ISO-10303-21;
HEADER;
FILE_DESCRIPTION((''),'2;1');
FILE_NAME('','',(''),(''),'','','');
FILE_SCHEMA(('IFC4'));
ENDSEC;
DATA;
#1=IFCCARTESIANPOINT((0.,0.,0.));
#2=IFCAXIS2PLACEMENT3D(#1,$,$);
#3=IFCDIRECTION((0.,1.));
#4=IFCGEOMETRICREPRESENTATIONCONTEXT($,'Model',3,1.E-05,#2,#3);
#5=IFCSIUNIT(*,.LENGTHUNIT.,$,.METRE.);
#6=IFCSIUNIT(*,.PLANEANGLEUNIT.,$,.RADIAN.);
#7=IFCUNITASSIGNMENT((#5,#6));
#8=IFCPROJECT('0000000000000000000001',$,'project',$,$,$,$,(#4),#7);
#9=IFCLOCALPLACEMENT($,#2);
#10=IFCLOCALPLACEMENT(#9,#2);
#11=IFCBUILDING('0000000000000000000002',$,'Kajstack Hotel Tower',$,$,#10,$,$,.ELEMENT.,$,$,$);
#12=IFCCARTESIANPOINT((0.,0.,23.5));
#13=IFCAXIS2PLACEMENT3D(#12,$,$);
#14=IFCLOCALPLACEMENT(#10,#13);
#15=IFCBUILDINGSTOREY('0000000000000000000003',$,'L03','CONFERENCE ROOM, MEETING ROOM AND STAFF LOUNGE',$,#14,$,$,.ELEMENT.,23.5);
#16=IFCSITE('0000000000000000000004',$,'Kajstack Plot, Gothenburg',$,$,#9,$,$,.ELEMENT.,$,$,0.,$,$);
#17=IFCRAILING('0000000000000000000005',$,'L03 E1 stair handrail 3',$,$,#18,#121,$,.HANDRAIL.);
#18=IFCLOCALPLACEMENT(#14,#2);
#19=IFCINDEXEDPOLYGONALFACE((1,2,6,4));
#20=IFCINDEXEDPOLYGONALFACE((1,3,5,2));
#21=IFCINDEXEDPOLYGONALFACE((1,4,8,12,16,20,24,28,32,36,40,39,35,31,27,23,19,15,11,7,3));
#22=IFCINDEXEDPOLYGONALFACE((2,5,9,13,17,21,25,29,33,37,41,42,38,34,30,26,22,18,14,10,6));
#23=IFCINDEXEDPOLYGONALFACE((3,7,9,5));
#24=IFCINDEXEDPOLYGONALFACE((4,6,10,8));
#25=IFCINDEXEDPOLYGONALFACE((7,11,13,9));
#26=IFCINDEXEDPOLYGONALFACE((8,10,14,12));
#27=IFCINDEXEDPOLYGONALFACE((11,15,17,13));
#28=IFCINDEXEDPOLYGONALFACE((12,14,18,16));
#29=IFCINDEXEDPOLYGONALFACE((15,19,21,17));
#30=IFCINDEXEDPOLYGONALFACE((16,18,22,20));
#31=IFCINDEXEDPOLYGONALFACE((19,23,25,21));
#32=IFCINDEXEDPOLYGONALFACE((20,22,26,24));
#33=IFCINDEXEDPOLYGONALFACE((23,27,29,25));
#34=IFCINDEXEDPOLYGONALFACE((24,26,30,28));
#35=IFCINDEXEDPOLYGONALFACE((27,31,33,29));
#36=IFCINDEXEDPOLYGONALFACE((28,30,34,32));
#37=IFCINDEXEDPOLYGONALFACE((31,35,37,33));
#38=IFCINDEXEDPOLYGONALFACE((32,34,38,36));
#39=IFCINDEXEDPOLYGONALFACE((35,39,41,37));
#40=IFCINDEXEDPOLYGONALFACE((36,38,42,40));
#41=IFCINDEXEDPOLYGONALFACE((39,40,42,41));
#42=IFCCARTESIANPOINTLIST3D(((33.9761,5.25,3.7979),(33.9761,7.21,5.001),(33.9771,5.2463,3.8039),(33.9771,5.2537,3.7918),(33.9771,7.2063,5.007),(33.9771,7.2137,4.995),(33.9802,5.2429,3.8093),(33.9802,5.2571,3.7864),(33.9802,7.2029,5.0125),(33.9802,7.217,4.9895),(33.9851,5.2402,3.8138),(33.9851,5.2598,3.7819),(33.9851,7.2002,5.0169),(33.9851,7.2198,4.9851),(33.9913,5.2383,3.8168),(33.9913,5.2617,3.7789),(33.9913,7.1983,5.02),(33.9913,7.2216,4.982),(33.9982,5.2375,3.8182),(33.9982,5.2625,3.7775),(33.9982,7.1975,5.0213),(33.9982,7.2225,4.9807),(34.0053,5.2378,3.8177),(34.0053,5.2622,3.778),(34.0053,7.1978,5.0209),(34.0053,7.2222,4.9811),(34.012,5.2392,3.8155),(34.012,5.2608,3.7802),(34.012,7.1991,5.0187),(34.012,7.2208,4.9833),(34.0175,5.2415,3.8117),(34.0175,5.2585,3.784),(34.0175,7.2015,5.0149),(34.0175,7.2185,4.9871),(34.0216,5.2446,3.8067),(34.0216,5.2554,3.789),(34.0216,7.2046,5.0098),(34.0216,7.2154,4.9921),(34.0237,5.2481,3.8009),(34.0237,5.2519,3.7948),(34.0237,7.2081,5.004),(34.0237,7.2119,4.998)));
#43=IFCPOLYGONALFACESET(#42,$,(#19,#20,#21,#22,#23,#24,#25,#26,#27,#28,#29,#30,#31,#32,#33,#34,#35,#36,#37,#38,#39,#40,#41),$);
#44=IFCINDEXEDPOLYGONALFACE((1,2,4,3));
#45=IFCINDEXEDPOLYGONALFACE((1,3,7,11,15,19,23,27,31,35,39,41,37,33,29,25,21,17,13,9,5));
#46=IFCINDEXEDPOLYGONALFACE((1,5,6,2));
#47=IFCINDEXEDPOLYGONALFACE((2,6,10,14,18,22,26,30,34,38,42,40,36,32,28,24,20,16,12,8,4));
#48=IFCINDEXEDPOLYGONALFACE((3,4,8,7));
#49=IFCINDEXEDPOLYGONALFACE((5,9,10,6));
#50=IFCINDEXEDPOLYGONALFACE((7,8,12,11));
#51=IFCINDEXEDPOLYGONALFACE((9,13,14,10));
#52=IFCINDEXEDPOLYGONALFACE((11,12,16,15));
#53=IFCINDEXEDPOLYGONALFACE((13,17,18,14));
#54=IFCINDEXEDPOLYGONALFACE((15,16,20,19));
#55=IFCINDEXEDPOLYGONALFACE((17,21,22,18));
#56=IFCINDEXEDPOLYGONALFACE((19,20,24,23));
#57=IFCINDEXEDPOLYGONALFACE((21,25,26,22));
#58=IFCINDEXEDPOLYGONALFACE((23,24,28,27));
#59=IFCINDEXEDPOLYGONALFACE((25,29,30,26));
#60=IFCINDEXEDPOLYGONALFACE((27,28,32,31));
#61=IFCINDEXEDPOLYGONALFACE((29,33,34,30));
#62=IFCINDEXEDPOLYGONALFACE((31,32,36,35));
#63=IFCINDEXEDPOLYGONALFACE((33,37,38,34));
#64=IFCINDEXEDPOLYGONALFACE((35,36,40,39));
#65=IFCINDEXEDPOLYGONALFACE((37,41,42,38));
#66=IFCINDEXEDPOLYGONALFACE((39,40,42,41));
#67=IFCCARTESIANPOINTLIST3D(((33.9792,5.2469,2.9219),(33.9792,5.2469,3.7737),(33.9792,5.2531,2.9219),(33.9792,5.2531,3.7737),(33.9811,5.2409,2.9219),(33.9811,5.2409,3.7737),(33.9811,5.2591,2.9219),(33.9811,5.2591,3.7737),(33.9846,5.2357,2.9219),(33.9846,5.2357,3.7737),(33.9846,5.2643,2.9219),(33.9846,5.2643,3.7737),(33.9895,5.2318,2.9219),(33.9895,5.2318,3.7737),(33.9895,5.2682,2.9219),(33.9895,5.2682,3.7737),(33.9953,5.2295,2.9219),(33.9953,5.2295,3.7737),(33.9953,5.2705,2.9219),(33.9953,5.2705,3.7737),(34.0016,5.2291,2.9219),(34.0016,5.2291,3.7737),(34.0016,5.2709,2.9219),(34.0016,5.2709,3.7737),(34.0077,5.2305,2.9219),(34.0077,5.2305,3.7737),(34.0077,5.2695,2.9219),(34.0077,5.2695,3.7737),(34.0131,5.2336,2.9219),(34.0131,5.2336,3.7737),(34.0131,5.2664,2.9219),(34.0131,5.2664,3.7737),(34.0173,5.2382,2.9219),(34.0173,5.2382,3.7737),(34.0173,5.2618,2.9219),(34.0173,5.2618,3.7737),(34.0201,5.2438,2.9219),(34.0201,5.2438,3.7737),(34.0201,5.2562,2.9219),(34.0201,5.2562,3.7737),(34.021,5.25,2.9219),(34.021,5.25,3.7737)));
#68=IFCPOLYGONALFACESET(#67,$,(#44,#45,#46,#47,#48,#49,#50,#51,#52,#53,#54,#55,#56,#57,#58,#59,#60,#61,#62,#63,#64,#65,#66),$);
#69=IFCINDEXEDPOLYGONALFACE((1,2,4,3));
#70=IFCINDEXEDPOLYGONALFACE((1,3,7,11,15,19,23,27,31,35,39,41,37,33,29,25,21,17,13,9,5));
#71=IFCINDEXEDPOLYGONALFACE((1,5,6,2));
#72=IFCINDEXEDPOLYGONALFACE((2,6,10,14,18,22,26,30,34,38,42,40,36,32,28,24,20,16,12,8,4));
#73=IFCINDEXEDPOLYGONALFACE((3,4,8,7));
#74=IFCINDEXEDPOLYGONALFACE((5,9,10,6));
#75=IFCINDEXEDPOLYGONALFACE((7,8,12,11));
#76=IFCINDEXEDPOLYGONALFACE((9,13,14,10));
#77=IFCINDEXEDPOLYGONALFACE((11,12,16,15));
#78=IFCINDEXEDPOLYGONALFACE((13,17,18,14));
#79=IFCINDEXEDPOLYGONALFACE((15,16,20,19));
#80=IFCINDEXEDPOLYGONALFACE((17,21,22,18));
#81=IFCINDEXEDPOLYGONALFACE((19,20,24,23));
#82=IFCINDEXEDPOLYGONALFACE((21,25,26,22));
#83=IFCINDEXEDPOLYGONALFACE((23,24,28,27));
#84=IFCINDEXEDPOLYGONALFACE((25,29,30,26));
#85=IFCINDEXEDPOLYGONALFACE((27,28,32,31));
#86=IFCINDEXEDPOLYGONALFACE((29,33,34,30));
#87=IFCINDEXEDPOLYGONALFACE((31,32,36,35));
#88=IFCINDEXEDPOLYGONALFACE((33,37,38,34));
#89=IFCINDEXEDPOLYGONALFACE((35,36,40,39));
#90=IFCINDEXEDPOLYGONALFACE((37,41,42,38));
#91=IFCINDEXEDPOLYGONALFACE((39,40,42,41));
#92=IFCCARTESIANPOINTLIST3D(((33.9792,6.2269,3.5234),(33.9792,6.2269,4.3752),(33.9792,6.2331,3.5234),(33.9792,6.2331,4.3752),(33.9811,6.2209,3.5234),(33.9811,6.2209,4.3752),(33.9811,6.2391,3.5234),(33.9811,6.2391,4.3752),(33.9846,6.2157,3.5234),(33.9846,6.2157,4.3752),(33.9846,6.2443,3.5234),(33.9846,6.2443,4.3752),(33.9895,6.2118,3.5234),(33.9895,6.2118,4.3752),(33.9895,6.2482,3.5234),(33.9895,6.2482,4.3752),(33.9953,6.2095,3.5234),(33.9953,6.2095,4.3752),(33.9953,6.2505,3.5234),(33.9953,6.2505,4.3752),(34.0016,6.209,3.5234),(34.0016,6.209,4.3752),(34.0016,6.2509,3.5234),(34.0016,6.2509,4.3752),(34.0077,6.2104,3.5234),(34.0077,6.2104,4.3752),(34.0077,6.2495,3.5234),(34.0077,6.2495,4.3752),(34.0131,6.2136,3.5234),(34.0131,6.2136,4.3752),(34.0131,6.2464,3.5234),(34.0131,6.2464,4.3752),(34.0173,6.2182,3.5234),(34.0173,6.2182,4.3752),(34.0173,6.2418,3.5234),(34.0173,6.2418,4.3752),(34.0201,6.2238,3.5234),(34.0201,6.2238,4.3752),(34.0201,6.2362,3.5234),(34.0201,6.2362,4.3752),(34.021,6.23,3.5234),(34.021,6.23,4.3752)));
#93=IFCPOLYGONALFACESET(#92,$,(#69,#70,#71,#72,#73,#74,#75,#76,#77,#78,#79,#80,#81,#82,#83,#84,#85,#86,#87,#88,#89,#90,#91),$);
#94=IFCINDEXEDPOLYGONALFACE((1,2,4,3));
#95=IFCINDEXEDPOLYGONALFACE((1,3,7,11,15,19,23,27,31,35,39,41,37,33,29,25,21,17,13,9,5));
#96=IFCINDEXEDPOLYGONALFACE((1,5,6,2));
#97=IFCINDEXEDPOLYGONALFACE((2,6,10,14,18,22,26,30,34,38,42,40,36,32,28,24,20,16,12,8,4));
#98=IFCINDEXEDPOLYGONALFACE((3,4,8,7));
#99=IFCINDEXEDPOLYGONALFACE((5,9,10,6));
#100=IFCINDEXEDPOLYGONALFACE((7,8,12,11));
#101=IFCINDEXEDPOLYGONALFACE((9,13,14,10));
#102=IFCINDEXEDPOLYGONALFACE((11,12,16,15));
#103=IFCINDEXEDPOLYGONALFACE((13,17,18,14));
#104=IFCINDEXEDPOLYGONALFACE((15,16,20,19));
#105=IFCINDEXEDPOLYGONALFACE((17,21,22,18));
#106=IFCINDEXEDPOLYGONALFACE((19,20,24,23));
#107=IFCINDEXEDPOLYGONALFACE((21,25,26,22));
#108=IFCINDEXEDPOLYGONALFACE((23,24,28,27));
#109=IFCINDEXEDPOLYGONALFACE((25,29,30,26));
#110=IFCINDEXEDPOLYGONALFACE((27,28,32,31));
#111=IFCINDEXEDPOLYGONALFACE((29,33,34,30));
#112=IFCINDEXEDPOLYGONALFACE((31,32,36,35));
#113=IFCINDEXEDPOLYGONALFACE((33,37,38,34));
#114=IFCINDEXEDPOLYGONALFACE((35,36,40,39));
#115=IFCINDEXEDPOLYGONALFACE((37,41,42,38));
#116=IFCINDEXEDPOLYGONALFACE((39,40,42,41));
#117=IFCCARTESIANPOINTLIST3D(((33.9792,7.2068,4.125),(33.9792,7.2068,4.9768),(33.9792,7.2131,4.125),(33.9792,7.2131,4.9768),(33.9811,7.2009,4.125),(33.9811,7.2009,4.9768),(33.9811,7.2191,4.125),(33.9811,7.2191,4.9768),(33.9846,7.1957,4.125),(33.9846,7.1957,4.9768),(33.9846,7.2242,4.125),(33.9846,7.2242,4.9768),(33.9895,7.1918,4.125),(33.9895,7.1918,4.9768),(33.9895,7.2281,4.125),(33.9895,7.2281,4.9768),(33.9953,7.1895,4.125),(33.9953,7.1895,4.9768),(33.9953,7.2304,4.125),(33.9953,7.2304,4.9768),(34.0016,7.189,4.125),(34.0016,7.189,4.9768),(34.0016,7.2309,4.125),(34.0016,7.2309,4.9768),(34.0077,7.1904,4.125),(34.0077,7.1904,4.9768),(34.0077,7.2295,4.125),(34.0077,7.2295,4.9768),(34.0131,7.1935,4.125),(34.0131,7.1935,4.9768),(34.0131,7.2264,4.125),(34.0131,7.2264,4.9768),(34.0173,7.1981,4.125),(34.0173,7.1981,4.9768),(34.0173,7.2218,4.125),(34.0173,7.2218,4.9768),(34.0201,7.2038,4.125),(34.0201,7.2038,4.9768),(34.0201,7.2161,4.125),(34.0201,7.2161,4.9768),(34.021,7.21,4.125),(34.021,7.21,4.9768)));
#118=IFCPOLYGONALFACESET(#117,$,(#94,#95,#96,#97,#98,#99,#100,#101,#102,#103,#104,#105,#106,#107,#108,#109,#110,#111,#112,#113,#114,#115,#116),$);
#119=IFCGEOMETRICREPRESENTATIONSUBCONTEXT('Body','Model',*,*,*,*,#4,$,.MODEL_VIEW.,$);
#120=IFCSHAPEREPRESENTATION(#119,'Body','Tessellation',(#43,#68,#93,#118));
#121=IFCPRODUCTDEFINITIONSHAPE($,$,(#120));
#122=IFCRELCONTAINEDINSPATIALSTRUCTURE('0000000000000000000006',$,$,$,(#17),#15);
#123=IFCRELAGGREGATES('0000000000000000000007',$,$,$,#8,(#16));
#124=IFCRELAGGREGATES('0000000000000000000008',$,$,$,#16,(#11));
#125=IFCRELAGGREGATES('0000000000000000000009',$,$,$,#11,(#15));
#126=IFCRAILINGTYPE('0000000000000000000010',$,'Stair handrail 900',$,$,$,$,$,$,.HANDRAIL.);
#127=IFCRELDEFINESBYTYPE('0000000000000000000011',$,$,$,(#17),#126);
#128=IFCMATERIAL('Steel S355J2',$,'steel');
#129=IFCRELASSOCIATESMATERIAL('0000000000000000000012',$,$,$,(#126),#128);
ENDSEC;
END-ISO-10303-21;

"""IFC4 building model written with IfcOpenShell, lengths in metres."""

from ifc_helpers import new_model, si_unit, direction, frame, origin, origin_2d, place, context, subcontext, project, spatial, circle, extrude, material, type_object, element, save


model = new_model("IFC4")

# Units and contexts
model_context = context("Model", 3, precision=1e-05, world=origin(), true_north=direction((0.0, 1.0)))
body_context = subcontext(model_context, "Body", "Model", "MODEL_VIEW")
ifc_project = project(units=[si_unit("LENGTHUNIT", "METRE"), si_unit("PLANEANGLEUNIT", "RADIAN")], contexts=[model_context])

# Site, building, storey
site_placement = place(None, origin())
site = spatial("IfcSite", under=ifc_project, at=site_placement, Name="Kajstack Plot, Gothenburg", CompositionType="ELEMENT", RefElevation=0.0)
building_placement = place(site_placement, origin())
building = spatial("IfcBuilding", under=site, at=building_placement, Name="Kajstack Hotel Tower", CompositionType="ELEMENT")
storey_placement = place(building_placement, frame((0.0, 0.0, 23.5)))
storey = spatial("IfcBuildingStorey", under=building, at=storey_placement, Name="L03", Description="CONFERENCE ROOM, MEETING ROOM AND STAFF LOUNGE", CompositionType="ELEMENT", Elevation=23.5)

# Railing
ifc_material_1 = material(Name="Steel S355J2", Category="steel")
railing_type_1 = type_object("IfcRailingType", Name="Stair handrail 900", PredefinedType="HANDRAIL", material=ifc_material_1)
railing_1_placement = place(storey_placement, frame((34.0, 5.25, 2.9219)))
element("IfcRailing", 1, at=railing_1_placement, inside=storey, type_object=railing_type_1, Name="L03 E1 stair handrail 3", PredefinedType="HANDRAIL", context=body_context, shape_type="SweptSolid", body=[
    extrude(circle(Radius=0.0239, at=origin_2d()), frame((0.0, 0.0, 0.876), z_axis=(0.0, 0.852241, 0.523149), x_axis=(-1.0, 0.0, 0.0)), (0.0, 0.0, 1.0), 2.2998),
    extrude(circle(Radius=0.021, at=origin_2d()), origin(), (0.0, 0.0, 1.0), 0.8518),
    extrude(circle(Radius=0.021, at=origin_2d()), frame((0.0, 0.98, 0.6016)), (0.0, 0.0, 1.0), 0.8518),
    extrude(circle(Radius=0.021, at=origin_2d()), frame((0.0, 1.96, 1.2031)), (0.0, 0.0, 1.0), 0.8518),
])

save(model, "model.ifc")
